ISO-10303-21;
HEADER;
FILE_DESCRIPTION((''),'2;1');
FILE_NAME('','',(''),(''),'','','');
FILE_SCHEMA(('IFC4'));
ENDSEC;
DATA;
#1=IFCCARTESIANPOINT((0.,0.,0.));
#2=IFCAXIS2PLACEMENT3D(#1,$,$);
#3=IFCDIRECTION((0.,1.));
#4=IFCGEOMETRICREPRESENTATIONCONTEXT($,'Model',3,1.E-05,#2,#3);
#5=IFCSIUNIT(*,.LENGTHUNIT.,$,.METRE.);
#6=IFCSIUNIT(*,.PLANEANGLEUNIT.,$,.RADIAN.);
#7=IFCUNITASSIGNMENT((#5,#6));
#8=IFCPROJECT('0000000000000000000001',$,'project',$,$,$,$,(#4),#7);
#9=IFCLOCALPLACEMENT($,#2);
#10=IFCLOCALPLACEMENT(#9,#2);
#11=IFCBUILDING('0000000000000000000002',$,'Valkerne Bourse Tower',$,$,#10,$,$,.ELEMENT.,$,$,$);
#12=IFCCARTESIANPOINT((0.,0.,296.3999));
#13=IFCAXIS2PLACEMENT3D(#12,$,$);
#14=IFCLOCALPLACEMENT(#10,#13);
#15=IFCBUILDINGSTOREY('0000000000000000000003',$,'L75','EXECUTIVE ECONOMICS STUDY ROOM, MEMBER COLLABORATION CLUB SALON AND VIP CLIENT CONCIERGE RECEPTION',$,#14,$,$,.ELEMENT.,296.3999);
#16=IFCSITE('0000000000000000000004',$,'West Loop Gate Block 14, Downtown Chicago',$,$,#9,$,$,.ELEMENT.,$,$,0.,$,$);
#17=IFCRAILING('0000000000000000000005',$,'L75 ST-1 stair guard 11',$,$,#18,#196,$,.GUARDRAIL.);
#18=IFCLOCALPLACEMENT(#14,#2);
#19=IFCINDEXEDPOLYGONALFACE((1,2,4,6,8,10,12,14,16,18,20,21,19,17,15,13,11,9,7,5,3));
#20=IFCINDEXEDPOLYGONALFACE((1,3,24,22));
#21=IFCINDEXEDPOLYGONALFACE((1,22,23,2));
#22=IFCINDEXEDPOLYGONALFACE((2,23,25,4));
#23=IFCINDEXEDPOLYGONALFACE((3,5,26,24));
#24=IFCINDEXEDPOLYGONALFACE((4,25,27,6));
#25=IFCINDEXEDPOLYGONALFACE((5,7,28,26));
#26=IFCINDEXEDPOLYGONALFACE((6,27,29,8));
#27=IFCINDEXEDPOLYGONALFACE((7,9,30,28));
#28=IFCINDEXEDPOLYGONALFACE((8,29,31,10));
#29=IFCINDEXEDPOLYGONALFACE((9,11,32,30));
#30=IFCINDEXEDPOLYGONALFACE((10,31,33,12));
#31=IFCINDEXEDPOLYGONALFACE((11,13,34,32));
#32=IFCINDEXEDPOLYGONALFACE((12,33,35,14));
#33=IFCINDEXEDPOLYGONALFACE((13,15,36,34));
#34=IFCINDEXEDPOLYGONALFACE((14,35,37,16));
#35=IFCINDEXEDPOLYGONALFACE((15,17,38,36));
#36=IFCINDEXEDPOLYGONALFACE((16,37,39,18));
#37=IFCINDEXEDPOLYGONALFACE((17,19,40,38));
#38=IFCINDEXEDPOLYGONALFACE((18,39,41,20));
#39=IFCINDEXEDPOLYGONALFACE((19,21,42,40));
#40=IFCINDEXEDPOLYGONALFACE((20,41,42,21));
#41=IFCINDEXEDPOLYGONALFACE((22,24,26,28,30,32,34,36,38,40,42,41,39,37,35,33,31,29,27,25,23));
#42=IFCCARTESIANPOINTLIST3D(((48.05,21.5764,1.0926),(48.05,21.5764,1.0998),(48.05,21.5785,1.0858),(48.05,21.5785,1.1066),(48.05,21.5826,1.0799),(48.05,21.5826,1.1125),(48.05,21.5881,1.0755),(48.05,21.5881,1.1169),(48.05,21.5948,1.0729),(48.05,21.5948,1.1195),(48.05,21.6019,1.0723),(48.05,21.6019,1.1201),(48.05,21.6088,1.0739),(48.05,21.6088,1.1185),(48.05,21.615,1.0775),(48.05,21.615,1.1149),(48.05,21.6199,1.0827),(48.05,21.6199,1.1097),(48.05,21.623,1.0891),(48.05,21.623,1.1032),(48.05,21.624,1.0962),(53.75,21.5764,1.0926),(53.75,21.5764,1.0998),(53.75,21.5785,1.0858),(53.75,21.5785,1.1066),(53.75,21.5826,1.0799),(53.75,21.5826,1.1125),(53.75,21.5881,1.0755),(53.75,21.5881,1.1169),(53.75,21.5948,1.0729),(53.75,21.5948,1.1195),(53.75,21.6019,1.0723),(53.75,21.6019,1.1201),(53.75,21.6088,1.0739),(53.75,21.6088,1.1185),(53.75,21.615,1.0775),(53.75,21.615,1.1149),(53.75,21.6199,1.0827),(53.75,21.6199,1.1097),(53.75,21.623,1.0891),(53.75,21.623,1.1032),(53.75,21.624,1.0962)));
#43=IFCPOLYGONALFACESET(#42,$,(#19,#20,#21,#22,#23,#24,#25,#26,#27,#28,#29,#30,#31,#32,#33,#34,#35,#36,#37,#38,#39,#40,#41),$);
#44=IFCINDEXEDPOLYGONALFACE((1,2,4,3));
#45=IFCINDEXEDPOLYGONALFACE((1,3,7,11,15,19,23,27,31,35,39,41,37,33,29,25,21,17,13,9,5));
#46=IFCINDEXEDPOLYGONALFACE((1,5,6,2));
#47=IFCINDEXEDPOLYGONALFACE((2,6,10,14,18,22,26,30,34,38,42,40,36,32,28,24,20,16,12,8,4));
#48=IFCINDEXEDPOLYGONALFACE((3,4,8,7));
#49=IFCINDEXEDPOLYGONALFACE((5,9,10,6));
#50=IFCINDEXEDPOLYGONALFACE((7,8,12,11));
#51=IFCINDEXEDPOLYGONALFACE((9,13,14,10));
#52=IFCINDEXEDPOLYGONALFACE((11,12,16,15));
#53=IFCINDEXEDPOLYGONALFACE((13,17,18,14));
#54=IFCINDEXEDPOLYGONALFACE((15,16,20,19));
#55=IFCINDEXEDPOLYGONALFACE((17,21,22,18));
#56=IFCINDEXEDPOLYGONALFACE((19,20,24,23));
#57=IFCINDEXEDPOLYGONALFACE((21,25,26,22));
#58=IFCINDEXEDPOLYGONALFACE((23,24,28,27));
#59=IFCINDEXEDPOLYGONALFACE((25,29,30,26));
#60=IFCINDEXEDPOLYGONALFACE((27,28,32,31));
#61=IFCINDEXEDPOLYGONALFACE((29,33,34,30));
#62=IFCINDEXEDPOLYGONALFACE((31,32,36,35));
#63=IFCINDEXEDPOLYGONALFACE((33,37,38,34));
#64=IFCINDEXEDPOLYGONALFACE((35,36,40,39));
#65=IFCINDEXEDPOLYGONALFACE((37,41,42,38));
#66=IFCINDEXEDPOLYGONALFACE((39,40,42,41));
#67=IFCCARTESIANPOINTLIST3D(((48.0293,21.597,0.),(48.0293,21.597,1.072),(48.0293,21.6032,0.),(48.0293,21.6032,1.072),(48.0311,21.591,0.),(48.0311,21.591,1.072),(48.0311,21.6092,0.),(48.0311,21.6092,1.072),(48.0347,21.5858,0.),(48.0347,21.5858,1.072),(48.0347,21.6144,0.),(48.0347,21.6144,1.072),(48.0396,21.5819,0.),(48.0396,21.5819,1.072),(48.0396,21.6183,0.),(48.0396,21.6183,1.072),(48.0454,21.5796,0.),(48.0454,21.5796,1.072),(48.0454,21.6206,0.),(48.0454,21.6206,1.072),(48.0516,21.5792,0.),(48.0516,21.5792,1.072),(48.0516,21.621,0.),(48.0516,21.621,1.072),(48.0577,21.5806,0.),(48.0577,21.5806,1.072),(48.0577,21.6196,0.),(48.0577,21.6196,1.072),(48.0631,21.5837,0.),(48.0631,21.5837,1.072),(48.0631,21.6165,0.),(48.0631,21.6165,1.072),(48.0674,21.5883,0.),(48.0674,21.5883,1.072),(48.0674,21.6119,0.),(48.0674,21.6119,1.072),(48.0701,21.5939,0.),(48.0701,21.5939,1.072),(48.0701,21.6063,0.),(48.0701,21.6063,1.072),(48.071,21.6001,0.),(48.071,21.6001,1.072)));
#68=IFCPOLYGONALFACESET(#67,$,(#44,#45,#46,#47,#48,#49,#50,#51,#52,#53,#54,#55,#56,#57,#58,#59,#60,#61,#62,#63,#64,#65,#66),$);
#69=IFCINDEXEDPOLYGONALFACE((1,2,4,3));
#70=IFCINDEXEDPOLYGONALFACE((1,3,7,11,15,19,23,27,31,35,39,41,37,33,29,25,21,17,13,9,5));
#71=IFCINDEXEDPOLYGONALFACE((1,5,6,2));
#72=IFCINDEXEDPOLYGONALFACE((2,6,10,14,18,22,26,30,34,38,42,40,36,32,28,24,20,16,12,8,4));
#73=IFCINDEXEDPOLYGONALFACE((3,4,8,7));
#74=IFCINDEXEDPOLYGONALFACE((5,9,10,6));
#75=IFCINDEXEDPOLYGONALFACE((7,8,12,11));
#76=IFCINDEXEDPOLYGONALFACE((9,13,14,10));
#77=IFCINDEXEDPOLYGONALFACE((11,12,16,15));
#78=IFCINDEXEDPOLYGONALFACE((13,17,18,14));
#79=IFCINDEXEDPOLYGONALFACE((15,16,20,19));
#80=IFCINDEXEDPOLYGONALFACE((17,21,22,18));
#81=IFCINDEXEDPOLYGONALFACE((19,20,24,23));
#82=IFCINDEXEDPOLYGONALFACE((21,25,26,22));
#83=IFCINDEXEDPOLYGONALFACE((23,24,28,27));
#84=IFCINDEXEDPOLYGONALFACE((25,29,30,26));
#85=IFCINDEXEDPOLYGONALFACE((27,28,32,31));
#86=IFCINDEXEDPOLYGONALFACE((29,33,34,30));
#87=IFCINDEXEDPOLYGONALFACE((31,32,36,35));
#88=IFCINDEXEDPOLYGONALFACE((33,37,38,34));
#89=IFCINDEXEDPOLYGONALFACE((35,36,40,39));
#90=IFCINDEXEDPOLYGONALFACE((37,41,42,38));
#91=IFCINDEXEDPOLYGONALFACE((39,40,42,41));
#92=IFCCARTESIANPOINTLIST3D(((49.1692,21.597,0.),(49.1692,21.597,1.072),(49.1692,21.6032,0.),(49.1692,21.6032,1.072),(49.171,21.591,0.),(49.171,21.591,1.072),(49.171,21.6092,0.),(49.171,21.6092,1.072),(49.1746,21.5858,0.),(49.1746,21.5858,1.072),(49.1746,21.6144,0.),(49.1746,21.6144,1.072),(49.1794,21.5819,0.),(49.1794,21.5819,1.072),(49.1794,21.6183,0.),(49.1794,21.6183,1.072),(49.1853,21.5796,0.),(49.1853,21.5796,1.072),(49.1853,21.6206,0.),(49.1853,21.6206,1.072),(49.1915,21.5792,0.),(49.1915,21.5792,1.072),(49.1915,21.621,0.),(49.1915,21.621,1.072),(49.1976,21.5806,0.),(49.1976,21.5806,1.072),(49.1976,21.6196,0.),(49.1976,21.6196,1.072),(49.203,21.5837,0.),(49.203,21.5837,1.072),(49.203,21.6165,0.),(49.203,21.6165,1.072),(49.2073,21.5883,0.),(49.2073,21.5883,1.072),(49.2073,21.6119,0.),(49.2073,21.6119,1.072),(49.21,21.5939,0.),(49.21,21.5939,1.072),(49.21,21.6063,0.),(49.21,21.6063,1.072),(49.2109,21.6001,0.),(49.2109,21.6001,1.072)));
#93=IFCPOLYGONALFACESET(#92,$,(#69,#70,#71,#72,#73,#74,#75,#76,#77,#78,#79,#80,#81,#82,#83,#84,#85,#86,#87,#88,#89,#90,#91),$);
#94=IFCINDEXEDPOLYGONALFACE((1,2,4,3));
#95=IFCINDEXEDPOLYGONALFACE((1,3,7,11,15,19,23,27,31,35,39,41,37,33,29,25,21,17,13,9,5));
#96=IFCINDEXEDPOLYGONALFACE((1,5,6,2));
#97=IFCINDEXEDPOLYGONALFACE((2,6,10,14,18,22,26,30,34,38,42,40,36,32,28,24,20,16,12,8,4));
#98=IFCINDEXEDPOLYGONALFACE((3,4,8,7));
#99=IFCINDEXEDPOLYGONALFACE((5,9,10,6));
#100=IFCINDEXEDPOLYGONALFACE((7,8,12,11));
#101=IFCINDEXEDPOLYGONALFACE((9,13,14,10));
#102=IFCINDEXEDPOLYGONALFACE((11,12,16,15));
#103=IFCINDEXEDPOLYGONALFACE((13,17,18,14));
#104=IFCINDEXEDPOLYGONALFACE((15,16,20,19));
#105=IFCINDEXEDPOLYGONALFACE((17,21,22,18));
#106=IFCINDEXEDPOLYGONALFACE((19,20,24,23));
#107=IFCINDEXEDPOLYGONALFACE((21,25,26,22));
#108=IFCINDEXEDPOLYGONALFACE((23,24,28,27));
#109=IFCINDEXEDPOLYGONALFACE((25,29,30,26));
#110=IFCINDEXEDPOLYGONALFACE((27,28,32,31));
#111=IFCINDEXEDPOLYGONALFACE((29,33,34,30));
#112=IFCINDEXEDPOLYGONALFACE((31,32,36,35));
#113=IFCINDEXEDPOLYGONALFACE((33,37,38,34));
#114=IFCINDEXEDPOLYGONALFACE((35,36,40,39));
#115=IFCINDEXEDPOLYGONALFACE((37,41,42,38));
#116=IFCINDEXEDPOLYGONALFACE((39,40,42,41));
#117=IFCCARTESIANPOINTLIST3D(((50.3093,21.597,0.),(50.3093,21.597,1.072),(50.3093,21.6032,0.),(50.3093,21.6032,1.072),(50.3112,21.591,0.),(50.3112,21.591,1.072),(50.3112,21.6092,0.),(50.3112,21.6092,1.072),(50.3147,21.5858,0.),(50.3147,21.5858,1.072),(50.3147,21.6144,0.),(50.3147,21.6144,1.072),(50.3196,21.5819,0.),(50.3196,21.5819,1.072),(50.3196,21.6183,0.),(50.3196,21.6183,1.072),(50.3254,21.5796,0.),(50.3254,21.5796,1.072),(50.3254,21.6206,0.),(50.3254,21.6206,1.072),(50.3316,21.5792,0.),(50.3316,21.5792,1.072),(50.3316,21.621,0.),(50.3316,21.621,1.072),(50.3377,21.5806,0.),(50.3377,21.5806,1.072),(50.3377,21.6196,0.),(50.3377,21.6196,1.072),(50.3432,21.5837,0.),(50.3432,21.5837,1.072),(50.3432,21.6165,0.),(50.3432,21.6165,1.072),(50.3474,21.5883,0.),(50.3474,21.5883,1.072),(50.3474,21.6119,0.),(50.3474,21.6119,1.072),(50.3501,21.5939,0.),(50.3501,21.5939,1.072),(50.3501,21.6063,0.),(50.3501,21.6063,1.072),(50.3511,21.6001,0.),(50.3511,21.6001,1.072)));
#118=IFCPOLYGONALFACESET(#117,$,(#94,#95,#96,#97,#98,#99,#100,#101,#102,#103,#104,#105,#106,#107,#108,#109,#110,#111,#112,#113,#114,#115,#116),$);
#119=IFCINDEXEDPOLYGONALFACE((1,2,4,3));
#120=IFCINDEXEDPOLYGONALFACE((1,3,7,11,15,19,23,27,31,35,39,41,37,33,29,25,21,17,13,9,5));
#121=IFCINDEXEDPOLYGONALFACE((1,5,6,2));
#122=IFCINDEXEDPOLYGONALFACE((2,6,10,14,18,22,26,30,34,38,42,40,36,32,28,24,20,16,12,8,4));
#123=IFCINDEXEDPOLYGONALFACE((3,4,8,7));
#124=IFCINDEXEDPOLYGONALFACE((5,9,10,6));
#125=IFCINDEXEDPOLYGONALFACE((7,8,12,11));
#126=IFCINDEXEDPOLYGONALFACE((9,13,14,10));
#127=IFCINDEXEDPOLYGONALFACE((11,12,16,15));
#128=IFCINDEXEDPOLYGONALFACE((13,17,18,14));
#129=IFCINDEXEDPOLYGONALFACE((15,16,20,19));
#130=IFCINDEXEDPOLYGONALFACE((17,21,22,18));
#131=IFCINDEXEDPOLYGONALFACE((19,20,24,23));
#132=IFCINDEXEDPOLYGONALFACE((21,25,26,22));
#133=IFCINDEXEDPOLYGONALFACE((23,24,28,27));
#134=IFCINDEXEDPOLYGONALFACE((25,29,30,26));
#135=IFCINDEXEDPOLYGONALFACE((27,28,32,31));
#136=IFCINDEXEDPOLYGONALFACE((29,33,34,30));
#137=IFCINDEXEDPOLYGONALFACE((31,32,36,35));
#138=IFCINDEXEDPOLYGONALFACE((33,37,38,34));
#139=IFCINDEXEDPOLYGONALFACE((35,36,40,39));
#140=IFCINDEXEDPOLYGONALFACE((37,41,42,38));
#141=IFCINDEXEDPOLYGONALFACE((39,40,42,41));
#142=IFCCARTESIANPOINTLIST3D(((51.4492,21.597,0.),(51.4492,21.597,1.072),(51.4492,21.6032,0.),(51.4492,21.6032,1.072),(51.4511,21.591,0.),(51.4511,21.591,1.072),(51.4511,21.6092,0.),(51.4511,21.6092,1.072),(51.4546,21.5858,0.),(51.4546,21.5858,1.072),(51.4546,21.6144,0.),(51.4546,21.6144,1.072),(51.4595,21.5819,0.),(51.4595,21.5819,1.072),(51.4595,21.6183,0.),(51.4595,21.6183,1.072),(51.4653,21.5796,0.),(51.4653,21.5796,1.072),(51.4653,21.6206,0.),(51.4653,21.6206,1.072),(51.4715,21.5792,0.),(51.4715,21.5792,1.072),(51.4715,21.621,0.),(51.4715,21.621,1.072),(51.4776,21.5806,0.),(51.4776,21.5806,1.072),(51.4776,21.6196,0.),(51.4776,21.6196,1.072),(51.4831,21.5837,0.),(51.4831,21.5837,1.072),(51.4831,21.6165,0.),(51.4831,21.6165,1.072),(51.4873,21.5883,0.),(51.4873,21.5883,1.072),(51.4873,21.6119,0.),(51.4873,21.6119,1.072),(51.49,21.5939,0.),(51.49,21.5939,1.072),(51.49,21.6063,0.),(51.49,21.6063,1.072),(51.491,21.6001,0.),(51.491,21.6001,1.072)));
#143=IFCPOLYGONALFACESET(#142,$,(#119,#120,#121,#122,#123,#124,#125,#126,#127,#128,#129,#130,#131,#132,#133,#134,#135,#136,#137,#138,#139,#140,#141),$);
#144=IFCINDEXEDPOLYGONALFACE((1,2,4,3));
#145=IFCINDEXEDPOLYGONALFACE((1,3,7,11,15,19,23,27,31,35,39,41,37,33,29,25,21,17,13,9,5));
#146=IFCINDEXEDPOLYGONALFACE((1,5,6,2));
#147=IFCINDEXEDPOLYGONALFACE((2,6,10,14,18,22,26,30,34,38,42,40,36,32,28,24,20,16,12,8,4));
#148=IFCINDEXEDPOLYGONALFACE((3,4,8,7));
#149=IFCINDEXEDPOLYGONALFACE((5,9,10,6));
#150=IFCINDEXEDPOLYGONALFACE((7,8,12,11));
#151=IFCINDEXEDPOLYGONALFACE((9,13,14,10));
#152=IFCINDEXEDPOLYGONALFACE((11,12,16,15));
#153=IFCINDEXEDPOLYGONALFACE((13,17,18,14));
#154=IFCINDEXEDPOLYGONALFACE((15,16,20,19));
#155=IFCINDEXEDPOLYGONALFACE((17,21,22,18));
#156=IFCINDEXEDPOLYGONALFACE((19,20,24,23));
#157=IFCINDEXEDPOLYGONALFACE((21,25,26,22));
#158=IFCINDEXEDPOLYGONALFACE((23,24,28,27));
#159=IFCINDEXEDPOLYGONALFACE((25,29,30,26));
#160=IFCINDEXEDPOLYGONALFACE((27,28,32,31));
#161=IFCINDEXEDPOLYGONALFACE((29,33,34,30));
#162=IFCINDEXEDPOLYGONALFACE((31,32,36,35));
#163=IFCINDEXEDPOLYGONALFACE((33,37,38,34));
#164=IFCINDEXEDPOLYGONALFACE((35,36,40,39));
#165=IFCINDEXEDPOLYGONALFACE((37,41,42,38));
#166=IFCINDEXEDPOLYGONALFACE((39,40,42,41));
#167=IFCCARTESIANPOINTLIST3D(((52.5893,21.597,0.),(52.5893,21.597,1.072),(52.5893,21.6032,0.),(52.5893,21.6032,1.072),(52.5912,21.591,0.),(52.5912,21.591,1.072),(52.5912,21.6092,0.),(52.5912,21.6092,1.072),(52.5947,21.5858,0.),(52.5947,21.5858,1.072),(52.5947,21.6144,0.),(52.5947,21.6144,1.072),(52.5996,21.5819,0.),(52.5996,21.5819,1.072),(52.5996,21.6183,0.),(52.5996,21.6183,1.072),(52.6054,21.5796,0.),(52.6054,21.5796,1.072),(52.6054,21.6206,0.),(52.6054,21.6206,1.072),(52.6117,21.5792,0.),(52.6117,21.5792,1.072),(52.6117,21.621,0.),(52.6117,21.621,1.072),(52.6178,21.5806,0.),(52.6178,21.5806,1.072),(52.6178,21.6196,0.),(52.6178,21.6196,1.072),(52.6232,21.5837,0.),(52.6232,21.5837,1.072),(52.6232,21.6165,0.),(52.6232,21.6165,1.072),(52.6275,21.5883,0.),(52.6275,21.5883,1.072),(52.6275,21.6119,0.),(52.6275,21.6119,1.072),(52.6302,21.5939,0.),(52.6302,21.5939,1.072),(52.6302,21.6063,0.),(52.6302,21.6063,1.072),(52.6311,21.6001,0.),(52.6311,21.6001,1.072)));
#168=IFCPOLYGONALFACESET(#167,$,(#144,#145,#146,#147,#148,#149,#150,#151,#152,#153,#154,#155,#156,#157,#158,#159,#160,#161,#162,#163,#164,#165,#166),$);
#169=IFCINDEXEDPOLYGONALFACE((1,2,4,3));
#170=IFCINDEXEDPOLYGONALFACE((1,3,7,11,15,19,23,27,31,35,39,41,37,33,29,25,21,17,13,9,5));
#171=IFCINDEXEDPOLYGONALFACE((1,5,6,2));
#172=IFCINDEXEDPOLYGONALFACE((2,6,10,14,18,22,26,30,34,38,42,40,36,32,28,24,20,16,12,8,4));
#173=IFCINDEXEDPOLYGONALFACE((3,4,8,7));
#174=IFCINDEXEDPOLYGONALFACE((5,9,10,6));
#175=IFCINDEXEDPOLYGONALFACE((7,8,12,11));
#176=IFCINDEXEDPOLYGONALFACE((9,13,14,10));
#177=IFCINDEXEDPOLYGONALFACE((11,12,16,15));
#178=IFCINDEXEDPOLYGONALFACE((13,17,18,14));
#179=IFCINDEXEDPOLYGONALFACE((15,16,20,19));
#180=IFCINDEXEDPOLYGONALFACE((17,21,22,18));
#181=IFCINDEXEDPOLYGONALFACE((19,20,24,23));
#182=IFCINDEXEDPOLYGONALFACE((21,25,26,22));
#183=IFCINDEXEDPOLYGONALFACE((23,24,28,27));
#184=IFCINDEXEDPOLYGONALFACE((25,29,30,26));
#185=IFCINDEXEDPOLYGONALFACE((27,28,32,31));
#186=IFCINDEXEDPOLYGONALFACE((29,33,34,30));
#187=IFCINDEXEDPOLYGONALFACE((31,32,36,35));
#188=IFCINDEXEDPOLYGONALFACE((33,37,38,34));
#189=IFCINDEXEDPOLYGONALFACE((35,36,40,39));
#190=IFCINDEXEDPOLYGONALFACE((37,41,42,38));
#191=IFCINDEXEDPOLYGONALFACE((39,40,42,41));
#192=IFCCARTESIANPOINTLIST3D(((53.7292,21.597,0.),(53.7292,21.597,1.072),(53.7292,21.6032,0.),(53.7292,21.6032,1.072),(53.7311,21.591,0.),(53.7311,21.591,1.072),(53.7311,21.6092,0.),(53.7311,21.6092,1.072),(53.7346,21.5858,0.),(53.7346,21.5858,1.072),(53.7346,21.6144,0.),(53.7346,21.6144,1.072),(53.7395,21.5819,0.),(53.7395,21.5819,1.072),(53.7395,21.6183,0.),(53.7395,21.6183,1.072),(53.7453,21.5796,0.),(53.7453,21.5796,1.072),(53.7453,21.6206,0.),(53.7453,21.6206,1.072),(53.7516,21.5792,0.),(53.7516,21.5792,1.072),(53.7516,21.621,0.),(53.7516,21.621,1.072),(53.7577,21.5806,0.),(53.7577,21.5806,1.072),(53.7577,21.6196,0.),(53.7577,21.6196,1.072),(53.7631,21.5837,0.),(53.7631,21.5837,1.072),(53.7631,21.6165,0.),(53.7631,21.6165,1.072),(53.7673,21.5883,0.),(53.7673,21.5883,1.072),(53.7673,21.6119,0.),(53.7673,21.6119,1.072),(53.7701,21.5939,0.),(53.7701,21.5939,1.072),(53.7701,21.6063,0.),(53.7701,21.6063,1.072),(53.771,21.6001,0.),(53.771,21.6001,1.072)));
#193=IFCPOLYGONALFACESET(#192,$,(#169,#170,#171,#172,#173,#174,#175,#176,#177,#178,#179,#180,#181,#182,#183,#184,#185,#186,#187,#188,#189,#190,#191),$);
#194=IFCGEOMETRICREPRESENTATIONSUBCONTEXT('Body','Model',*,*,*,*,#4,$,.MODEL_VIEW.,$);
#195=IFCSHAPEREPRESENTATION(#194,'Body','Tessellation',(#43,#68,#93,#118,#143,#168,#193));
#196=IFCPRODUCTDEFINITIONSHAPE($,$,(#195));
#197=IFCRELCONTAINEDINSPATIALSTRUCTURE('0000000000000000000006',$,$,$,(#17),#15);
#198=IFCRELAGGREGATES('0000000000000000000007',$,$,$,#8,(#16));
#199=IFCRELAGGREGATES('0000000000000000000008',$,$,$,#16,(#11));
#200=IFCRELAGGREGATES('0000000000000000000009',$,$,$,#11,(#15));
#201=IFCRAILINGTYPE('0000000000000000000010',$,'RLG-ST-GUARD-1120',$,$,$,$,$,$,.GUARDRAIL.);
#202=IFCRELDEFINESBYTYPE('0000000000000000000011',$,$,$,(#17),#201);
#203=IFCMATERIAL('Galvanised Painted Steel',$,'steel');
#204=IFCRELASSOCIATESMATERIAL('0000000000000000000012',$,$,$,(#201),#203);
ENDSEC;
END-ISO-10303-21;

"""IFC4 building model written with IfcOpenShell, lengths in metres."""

from ifc_helpers import new_model, si_unit, direction, frame, origin, origin_2d, place, context, subcontext, project, spatial, circle, extrude, material, type_object, element, save


model = new_model("IFC4")

# Units and contexts
model_context = context("Model", 3, precision=1e-05, world=origin(), true_north=direction((0.0, 1.0)))
body_context = subcontext(model_context, "Body", "Model", "MODEL_VIEW")
ifc_project = project(units=[si_unit("LENGTHUNIT", "METRE"), si_unit("PLANEANGLEUNIT", "RADIAN")], contexts=[model_context])

# Site, building, storey
site_placement = place(None, origin())
site = spatial("IfcSite", under=ifc_project, at=site_placement, Name="West Loop Gate Block 14, Downtown Chicago", CompositionType="ELEMENT", RefElevation=0.0)
building_placement = place(site_placement, origin())
building = spatial("IfcBuilding", under=site, at=building_placement, Name="Valkerne Bourse Tower", CompositionType="ELEMENT")
storey_placement = place(building_placement, frame((0.0, 0.0, 296.3999)))
storey = spatial("IfcBuildingStorey", under=building, at=storey_placement, Name="L75", Description="EXECUTIVE ECONOMICS STUDY ROOM, MEMBER COLLABORATION CLUB SALON AND VIP CLIENT CONCIERGE RECEPTION", CompositionType="ELEMENT", Elevation=296.3999)

# Shared definitions
ifc_material_1 = material(Name="Galvanised Painted Steel", Category="steel")

# Railing
railing_type_1 = type_object("IfcRailingType", Name="RLG-ST-GUARD-1120", PredefinedType="GUARDRAIL", material=ifc_material_1)
for number, where, name in (
    (1, (48.05, 21.6001, 0.0), "L75 ST-1 stair guard 11"),
):
    element("IfcRailing", number, at=place(storey_placement, frame(where)), inside=storey, type_object=railing_type_1, Name=name, PredefinedType="GUARDRAIL", context=body_context, shape_type="SweptSolid", body=[
        extrude(circle(Radius=0.0239, at=origin_2d()), frame((0.0, 0.0, 1.0962), z_axis=(1.0, 0.0, 0.0), x_axis=(0.0, 1.0, 0.0)), (0.0, 0.0, 1.0), 5.7),
        extrude(circle(Radius=0.021, at=origin_2d()), origin(), (0.0, 0.0, 1.0), 1.072),
        extrude(circle(Radius=0.021, at=origin_2d()), frame((1.1399, 0.0, 0.0)), (0.0, 0.0, 1.0), 1.072),
        extrude(circle(Radius=0.021, at=origin_2d()), frame((2.28, 0.0, 0.0)), (0.0, 0.0, 1.0), 1.072),
        extrude(circle(Radius=0.021, at=origin_2d()), frame((3.4199, 0.0, 0.0)), (0.0, 0.0, 1.0), 1.072),
        extrude(circle(Radius=0.021, at=origin_2d()), frame((4.5601, 0.0, 0.0)), (0.0, 0.0, 1.0), 1.072),
        extrude(circle(Radius=0.021, at=origin_2d()), frame((5.7, 0.0, 0.0)), (0.0, 0.0, 1.0), 1.072),
    ])

save(model, "model.ifc")
